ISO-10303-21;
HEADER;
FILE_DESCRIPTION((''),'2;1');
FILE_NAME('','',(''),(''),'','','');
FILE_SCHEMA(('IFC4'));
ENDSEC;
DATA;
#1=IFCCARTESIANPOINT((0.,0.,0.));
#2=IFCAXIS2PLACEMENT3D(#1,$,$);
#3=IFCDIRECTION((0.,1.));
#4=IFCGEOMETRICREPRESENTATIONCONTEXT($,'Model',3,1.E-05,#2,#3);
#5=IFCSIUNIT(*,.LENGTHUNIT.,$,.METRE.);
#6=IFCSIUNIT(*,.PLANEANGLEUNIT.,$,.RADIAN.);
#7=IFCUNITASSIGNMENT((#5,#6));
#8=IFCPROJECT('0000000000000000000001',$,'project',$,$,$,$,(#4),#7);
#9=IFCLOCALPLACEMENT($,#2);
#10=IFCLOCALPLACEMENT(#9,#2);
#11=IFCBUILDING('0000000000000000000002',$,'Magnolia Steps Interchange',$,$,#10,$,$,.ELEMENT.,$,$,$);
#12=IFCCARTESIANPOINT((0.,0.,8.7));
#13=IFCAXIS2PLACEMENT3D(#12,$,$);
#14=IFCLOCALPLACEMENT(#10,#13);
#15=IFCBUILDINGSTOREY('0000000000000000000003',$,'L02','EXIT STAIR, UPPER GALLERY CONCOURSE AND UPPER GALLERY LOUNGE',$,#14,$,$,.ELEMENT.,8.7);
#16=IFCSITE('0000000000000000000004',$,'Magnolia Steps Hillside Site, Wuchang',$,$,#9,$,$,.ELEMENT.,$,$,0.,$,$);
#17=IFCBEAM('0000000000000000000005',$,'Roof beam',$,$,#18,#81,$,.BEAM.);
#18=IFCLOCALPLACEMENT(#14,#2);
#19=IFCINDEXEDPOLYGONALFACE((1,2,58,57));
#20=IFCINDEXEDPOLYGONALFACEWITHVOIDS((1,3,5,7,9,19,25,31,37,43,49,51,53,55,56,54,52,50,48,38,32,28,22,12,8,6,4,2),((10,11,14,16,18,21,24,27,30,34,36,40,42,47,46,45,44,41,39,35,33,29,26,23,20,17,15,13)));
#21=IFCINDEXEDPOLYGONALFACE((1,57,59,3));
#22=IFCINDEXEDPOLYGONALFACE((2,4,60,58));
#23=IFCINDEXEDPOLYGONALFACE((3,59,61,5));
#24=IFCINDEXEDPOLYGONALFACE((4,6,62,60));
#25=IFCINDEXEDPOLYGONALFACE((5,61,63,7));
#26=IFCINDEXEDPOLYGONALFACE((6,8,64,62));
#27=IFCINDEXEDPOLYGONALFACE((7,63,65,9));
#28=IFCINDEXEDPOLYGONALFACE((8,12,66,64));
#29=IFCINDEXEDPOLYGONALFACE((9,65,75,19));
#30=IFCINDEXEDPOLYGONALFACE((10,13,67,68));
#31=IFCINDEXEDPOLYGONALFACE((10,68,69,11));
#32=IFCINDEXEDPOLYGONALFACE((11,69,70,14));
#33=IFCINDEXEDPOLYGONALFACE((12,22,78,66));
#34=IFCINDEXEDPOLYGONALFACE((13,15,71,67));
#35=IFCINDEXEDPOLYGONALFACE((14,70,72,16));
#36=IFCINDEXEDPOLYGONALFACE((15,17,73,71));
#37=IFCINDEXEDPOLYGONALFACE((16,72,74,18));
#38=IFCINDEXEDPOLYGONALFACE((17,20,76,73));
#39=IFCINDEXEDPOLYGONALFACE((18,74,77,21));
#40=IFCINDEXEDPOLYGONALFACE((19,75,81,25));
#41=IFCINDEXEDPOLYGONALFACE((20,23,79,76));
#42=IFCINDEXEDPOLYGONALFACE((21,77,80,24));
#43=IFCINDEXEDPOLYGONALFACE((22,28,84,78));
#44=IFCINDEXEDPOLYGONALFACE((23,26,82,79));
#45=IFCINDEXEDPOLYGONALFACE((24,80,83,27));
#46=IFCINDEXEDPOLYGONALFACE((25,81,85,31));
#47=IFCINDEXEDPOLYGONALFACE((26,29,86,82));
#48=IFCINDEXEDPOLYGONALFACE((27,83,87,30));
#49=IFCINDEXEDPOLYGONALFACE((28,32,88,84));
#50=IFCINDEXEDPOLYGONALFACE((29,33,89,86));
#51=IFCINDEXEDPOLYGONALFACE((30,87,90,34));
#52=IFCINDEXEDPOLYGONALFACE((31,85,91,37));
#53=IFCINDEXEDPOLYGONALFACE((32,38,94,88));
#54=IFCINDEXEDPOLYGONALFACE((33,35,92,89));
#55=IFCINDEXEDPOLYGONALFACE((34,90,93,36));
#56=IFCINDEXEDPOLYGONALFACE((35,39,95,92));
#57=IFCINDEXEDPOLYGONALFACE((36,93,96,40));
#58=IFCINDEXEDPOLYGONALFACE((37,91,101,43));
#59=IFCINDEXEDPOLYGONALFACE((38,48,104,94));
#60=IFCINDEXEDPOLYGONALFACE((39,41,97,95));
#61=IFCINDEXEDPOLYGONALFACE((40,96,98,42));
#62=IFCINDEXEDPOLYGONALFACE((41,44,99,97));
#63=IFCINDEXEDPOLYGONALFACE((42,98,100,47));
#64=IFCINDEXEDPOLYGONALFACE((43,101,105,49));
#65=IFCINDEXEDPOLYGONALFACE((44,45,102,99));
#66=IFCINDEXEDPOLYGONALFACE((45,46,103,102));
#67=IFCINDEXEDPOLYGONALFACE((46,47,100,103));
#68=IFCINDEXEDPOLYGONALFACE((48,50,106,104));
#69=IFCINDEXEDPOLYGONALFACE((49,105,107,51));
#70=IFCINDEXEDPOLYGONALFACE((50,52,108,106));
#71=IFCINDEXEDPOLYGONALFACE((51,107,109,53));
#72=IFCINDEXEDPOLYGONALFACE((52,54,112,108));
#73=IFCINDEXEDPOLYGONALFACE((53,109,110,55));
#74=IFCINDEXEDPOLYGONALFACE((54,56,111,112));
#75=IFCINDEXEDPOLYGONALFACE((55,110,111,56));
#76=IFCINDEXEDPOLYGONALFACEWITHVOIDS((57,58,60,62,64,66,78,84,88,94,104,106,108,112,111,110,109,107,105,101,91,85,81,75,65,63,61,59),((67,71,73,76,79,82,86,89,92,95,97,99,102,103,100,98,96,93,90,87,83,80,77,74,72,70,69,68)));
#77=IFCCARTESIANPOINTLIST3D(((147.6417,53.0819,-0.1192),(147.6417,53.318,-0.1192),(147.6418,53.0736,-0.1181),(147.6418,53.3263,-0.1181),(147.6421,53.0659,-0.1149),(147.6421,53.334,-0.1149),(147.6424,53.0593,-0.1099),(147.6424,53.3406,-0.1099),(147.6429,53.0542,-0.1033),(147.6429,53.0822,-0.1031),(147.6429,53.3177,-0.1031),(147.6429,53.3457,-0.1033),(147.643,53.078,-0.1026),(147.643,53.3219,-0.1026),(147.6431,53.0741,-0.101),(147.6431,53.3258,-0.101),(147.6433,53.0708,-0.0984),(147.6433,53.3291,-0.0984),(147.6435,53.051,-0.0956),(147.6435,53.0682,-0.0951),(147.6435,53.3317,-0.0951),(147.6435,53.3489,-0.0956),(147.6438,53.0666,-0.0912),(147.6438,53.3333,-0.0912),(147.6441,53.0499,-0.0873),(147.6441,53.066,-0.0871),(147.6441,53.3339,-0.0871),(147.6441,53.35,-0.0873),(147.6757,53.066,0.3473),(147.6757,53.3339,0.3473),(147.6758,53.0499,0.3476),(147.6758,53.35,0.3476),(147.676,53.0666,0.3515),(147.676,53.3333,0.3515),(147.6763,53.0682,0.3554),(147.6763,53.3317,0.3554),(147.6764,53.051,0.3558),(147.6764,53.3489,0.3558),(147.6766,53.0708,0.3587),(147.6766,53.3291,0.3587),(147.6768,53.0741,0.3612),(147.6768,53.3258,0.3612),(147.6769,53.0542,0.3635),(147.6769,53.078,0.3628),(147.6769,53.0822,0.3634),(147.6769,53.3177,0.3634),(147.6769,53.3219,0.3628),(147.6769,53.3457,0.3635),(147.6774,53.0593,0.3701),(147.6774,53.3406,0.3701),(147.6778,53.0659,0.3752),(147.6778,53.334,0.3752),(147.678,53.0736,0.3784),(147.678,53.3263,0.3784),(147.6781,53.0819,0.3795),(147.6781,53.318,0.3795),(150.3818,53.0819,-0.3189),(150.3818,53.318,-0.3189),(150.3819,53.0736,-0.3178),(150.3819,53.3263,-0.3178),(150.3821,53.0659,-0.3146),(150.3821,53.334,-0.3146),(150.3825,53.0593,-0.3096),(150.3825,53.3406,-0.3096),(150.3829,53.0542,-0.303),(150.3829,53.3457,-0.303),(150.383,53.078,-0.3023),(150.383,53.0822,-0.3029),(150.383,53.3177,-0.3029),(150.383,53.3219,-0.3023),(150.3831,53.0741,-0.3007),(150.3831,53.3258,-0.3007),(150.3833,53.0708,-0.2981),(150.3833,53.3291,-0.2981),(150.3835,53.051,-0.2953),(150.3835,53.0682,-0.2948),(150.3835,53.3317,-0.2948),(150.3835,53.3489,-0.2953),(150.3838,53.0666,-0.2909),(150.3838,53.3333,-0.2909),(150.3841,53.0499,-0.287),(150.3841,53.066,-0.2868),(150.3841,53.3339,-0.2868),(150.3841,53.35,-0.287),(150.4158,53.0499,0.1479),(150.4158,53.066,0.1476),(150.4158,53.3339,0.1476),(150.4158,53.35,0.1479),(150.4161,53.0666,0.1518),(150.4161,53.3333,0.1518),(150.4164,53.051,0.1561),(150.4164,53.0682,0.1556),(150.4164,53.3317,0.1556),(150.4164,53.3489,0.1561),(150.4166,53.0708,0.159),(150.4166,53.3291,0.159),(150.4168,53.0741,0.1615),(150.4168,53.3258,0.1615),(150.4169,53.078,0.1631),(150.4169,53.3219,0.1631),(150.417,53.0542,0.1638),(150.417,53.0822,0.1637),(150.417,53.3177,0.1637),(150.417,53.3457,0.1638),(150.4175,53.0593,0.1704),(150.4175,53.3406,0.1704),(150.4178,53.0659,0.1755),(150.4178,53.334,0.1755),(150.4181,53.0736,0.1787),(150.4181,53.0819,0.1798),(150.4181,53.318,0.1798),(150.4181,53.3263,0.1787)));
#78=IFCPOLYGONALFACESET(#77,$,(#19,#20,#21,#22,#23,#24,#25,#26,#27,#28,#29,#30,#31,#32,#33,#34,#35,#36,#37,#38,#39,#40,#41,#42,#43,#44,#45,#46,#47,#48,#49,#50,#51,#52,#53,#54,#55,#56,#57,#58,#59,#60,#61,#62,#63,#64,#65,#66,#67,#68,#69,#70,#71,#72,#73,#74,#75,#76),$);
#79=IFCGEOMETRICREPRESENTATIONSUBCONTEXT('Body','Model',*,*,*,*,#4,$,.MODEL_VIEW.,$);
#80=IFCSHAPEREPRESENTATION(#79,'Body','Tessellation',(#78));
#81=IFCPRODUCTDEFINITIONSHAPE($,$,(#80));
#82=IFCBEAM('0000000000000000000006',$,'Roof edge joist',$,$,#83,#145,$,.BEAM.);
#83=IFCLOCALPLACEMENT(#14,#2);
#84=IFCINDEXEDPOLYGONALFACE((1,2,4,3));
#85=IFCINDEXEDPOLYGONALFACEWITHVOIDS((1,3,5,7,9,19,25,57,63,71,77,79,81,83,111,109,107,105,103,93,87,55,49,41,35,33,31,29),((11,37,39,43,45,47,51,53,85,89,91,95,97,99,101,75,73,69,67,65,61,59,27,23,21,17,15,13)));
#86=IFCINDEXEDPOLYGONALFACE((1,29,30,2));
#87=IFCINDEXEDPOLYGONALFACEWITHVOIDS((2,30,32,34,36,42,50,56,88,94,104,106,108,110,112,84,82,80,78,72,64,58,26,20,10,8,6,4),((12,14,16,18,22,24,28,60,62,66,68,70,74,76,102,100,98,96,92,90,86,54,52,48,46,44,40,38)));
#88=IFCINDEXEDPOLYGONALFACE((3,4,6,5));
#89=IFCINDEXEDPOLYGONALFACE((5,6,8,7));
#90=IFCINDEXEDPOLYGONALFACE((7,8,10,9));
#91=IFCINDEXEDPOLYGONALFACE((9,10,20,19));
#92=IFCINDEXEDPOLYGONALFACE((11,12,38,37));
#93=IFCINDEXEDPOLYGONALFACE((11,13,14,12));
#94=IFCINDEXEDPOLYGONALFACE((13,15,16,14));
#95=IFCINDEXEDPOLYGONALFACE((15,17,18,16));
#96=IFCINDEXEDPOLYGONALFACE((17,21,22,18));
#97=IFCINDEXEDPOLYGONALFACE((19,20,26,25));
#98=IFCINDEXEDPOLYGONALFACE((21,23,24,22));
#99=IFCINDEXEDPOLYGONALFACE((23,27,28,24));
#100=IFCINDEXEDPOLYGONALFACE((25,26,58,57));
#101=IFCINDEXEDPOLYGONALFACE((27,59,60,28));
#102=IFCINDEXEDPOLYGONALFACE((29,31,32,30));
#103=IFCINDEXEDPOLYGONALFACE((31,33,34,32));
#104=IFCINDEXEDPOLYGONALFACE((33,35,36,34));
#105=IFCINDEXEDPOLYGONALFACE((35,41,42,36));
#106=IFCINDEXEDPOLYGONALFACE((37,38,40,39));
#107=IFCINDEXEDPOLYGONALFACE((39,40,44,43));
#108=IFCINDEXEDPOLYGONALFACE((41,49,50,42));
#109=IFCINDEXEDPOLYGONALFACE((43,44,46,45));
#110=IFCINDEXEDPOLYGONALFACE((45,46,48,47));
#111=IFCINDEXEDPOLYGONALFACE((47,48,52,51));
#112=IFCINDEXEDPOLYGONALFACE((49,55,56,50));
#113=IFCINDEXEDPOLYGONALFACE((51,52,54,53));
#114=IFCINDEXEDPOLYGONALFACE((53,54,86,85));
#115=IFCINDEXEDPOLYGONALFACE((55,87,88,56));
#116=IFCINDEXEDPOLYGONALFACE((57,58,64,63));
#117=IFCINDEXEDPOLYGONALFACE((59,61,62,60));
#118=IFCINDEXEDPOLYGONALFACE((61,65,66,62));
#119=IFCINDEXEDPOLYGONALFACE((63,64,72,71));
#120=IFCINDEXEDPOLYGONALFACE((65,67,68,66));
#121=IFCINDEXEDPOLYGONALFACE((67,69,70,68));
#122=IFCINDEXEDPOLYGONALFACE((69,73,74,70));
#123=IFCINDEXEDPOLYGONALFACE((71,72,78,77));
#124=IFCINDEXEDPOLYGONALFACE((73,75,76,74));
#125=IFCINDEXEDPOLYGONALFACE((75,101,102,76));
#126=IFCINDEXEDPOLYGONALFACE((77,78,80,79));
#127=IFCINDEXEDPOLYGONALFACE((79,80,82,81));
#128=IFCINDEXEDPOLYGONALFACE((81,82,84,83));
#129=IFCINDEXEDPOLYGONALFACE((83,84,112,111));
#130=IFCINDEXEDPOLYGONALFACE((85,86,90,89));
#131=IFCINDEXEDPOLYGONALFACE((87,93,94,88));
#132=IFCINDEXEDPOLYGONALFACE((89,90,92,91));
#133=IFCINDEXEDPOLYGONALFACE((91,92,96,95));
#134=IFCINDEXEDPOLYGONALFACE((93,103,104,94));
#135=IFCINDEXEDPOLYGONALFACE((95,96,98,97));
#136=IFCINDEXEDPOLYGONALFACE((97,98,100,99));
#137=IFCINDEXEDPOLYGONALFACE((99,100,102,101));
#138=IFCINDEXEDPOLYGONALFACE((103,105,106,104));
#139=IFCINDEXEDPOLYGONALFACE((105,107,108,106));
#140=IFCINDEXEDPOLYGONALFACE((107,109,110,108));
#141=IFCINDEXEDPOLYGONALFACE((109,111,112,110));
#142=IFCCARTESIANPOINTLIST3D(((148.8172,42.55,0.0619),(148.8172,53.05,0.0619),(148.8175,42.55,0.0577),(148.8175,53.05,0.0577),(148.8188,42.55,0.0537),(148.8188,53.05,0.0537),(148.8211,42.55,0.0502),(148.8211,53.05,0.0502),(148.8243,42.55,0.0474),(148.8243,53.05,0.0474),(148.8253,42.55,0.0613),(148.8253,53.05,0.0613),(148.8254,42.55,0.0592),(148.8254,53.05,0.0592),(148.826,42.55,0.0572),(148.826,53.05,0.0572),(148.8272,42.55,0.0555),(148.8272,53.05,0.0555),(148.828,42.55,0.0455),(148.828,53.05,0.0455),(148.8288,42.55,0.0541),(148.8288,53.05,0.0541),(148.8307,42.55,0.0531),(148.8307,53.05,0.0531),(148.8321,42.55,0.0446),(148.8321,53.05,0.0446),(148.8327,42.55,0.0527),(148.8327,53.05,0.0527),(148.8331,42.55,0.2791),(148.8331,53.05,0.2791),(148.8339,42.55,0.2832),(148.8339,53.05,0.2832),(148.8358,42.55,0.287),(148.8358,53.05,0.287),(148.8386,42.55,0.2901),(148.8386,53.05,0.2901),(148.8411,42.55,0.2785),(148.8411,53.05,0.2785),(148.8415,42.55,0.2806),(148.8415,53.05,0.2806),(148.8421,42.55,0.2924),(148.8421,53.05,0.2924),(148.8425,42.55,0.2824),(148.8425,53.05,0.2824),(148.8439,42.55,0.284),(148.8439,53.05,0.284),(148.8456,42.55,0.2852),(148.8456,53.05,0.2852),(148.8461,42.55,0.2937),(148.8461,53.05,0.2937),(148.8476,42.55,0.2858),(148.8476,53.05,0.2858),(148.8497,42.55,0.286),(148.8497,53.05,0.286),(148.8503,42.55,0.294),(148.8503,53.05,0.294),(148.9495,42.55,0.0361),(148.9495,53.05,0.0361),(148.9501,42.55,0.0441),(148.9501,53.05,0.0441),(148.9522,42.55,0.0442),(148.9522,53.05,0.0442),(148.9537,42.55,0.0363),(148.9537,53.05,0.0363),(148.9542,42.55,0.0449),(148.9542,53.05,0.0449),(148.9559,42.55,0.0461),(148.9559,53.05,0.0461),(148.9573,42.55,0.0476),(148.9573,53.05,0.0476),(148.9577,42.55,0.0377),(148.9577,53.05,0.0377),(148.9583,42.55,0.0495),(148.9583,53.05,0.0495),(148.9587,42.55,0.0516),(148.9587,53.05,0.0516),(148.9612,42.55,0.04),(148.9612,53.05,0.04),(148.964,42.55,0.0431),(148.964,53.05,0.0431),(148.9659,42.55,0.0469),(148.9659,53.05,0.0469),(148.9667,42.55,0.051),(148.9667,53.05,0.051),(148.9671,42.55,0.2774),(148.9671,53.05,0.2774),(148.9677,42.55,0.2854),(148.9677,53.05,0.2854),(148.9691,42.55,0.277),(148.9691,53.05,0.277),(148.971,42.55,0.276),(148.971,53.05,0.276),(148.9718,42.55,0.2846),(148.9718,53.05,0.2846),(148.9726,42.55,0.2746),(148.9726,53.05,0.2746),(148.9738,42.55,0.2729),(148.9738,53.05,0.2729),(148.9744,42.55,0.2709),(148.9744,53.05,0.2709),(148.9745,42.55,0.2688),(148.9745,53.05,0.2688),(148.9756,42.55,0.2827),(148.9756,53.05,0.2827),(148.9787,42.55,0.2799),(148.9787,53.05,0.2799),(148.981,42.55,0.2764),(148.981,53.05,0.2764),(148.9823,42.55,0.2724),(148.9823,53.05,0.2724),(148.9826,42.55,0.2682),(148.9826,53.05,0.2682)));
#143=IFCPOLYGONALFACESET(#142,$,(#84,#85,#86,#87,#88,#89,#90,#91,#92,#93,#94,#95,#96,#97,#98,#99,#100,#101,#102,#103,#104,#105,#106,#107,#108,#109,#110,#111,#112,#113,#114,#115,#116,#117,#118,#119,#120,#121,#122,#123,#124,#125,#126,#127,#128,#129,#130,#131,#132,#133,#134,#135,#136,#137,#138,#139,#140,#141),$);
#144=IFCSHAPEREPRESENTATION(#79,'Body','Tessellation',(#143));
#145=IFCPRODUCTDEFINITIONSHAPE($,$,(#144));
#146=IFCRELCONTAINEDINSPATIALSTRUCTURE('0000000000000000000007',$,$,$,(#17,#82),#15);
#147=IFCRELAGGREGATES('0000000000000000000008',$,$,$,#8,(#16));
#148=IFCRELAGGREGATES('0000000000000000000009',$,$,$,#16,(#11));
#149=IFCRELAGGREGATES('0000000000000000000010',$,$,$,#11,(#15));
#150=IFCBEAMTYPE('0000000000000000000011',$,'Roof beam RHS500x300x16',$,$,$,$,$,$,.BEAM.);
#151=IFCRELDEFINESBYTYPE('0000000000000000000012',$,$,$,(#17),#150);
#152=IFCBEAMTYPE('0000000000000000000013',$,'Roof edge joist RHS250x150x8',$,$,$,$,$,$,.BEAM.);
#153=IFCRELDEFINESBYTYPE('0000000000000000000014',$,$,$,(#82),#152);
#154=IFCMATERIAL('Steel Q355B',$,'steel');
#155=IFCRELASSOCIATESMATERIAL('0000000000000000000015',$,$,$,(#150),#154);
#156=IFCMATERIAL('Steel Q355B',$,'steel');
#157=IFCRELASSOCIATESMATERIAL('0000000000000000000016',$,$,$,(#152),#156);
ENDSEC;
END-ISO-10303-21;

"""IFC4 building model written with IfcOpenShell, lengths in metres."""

from ifc_helpers import new_model, si_unit, direction, frame, origin, origin_2d, place, context, subcontext, project, spatial, hollow_rectangle, extrude, material, material_profile, profile_set, type_object, element, save


model = new_model("IFC4")

# Units and contexts
model_context = context("Model", 3, precision=1e-05, world=origin(), true_north=direction((0.0, 1.0)))
body_context = subcontext(model_context, "Body", "Model", "MODEL_VIEW")
ifc_project = project(units=[si_unit("LENGTHUNIT", "METRE"), si_unit("PLANEANGLEUNIT", "RADIAN")], contexts=[model_context])

# Site, building, storey
site_placement = place(None, origin())
site = spatial("IfcSite", under=ifc_project, at=site_placement, Name="Magnolia Steps Hillside Site, Wuchang", CompositionType="ELEMENT", RefElevation=0.0)
building_placement = place(site_placement, origin())
building = spatial("IfcBuilding", under=site, at=building_placement, Name="Magnolia Steps Interchange", CompositionType="ELEMENT")
storey_placement = place(building_placement, frame((0.0, 0.0, 8.7)))
storey = spatial("IfcBuildingStorey", under=building, at=storey_placement, Name="L02", Description="EXIT STAIR, UPPER GALLERY CONCOURSE AND UPPER GALLERY LOUNGE", CompositionType="ELEMENT", Elevation=8.7)

# Beams
ifc_material_1 = material(Name="Steel Q355B", Category="steel")
ifc_material_profile_1 = material_profile(ifc_material_1, hollow_rectangle(XDim=0.3, YDim=0.5, WallThickness=0.0161, InnerFilletRadius=0.0161, OuterFilletRadius=0.032, at=origin_2d()), Name="RHS500x300x16")
ifc_profile_set_1 = profile_set([ifc_material_profile_1], Name="Steel Q355B")
beam_type_1 = type_object("IfcBeamType", Name="Roof beam RHS500x300x16", PredefinedType="BEAM", material=ifc_profile_set_1)
for number, where, z_axis, x_axis, name in (
    (1, (147.6599, 53.2, 0.1301), (0.997354, 0.0, -0.072693), (0.0, 1.0, 0.0), "Roof beam"),
):
    element("IfcBeam", number, at=place(storey_placement, frame(where, z_axis=z_axis, x_axis=x_axis)), inside=storey, type_object=beam_type_1, Name=name, PredefinedType="BEAM", context=body_context, shape_type="SweptSolid", body=[
        extrude(hollow_rectangle(XDim=0.3, YDim=0.5, WallThickness=0.0161, InnerFilletRadius=0.0161, OuterFilletRadius=0.032, at=origin_2d()), origin(), (0.0, 0.0, 1.0), 2.7473),
    ])
ifc_material_2 = material(Name="Steel Q355B", Category="steel")
ifc_material_profile_2 = material_profile(ifc_material_2, hollow_rectangle(XDim=0.1499, YDim=0.25, WallThickness=0.0081, InnerFilletRadius=0.0081, OuterFilletRadius=0.0161, at=origin_2d()), Name="RHS250x150x8")
ifc_profile_set_2 = profile_set([ifc_material_profile_2], Name="Steel Q355B")
beam_type_2 = type_object("IfcBeamType", Name="Roof edge joist RHS250x150x8", PredefinedType="BEAM", material=ifc_profile_set_2)
for number, where, z_axis, x_axis, name in (
    (2, (148.8999, 42.55, 0.165), (0.0, 1.0, 0.0), (-0.997352, 0.0, 0.072724), "Roof edge joist"),
):
    element("IfcBeam", number, at=place(storey_placement, frame(where, z_axis=z_axis, x_axis=x_axis)), inside=storey, type_object=beam_type_2, Name=name, PredefinedType="BEAM", context=body_context, shape_type="SweptSolid", body=[
        extrude(hollow_rectangle(XDim=0.1499, YDim=0.25, WallThickness=0.0081, InnerFilletRadius=0.0081, OuterFilletRadius=0.0161, at=origin_2d()), origin(), (0.0, 0.0, 1.0), 10.5),
    ])

save(model, "model.ifc")
